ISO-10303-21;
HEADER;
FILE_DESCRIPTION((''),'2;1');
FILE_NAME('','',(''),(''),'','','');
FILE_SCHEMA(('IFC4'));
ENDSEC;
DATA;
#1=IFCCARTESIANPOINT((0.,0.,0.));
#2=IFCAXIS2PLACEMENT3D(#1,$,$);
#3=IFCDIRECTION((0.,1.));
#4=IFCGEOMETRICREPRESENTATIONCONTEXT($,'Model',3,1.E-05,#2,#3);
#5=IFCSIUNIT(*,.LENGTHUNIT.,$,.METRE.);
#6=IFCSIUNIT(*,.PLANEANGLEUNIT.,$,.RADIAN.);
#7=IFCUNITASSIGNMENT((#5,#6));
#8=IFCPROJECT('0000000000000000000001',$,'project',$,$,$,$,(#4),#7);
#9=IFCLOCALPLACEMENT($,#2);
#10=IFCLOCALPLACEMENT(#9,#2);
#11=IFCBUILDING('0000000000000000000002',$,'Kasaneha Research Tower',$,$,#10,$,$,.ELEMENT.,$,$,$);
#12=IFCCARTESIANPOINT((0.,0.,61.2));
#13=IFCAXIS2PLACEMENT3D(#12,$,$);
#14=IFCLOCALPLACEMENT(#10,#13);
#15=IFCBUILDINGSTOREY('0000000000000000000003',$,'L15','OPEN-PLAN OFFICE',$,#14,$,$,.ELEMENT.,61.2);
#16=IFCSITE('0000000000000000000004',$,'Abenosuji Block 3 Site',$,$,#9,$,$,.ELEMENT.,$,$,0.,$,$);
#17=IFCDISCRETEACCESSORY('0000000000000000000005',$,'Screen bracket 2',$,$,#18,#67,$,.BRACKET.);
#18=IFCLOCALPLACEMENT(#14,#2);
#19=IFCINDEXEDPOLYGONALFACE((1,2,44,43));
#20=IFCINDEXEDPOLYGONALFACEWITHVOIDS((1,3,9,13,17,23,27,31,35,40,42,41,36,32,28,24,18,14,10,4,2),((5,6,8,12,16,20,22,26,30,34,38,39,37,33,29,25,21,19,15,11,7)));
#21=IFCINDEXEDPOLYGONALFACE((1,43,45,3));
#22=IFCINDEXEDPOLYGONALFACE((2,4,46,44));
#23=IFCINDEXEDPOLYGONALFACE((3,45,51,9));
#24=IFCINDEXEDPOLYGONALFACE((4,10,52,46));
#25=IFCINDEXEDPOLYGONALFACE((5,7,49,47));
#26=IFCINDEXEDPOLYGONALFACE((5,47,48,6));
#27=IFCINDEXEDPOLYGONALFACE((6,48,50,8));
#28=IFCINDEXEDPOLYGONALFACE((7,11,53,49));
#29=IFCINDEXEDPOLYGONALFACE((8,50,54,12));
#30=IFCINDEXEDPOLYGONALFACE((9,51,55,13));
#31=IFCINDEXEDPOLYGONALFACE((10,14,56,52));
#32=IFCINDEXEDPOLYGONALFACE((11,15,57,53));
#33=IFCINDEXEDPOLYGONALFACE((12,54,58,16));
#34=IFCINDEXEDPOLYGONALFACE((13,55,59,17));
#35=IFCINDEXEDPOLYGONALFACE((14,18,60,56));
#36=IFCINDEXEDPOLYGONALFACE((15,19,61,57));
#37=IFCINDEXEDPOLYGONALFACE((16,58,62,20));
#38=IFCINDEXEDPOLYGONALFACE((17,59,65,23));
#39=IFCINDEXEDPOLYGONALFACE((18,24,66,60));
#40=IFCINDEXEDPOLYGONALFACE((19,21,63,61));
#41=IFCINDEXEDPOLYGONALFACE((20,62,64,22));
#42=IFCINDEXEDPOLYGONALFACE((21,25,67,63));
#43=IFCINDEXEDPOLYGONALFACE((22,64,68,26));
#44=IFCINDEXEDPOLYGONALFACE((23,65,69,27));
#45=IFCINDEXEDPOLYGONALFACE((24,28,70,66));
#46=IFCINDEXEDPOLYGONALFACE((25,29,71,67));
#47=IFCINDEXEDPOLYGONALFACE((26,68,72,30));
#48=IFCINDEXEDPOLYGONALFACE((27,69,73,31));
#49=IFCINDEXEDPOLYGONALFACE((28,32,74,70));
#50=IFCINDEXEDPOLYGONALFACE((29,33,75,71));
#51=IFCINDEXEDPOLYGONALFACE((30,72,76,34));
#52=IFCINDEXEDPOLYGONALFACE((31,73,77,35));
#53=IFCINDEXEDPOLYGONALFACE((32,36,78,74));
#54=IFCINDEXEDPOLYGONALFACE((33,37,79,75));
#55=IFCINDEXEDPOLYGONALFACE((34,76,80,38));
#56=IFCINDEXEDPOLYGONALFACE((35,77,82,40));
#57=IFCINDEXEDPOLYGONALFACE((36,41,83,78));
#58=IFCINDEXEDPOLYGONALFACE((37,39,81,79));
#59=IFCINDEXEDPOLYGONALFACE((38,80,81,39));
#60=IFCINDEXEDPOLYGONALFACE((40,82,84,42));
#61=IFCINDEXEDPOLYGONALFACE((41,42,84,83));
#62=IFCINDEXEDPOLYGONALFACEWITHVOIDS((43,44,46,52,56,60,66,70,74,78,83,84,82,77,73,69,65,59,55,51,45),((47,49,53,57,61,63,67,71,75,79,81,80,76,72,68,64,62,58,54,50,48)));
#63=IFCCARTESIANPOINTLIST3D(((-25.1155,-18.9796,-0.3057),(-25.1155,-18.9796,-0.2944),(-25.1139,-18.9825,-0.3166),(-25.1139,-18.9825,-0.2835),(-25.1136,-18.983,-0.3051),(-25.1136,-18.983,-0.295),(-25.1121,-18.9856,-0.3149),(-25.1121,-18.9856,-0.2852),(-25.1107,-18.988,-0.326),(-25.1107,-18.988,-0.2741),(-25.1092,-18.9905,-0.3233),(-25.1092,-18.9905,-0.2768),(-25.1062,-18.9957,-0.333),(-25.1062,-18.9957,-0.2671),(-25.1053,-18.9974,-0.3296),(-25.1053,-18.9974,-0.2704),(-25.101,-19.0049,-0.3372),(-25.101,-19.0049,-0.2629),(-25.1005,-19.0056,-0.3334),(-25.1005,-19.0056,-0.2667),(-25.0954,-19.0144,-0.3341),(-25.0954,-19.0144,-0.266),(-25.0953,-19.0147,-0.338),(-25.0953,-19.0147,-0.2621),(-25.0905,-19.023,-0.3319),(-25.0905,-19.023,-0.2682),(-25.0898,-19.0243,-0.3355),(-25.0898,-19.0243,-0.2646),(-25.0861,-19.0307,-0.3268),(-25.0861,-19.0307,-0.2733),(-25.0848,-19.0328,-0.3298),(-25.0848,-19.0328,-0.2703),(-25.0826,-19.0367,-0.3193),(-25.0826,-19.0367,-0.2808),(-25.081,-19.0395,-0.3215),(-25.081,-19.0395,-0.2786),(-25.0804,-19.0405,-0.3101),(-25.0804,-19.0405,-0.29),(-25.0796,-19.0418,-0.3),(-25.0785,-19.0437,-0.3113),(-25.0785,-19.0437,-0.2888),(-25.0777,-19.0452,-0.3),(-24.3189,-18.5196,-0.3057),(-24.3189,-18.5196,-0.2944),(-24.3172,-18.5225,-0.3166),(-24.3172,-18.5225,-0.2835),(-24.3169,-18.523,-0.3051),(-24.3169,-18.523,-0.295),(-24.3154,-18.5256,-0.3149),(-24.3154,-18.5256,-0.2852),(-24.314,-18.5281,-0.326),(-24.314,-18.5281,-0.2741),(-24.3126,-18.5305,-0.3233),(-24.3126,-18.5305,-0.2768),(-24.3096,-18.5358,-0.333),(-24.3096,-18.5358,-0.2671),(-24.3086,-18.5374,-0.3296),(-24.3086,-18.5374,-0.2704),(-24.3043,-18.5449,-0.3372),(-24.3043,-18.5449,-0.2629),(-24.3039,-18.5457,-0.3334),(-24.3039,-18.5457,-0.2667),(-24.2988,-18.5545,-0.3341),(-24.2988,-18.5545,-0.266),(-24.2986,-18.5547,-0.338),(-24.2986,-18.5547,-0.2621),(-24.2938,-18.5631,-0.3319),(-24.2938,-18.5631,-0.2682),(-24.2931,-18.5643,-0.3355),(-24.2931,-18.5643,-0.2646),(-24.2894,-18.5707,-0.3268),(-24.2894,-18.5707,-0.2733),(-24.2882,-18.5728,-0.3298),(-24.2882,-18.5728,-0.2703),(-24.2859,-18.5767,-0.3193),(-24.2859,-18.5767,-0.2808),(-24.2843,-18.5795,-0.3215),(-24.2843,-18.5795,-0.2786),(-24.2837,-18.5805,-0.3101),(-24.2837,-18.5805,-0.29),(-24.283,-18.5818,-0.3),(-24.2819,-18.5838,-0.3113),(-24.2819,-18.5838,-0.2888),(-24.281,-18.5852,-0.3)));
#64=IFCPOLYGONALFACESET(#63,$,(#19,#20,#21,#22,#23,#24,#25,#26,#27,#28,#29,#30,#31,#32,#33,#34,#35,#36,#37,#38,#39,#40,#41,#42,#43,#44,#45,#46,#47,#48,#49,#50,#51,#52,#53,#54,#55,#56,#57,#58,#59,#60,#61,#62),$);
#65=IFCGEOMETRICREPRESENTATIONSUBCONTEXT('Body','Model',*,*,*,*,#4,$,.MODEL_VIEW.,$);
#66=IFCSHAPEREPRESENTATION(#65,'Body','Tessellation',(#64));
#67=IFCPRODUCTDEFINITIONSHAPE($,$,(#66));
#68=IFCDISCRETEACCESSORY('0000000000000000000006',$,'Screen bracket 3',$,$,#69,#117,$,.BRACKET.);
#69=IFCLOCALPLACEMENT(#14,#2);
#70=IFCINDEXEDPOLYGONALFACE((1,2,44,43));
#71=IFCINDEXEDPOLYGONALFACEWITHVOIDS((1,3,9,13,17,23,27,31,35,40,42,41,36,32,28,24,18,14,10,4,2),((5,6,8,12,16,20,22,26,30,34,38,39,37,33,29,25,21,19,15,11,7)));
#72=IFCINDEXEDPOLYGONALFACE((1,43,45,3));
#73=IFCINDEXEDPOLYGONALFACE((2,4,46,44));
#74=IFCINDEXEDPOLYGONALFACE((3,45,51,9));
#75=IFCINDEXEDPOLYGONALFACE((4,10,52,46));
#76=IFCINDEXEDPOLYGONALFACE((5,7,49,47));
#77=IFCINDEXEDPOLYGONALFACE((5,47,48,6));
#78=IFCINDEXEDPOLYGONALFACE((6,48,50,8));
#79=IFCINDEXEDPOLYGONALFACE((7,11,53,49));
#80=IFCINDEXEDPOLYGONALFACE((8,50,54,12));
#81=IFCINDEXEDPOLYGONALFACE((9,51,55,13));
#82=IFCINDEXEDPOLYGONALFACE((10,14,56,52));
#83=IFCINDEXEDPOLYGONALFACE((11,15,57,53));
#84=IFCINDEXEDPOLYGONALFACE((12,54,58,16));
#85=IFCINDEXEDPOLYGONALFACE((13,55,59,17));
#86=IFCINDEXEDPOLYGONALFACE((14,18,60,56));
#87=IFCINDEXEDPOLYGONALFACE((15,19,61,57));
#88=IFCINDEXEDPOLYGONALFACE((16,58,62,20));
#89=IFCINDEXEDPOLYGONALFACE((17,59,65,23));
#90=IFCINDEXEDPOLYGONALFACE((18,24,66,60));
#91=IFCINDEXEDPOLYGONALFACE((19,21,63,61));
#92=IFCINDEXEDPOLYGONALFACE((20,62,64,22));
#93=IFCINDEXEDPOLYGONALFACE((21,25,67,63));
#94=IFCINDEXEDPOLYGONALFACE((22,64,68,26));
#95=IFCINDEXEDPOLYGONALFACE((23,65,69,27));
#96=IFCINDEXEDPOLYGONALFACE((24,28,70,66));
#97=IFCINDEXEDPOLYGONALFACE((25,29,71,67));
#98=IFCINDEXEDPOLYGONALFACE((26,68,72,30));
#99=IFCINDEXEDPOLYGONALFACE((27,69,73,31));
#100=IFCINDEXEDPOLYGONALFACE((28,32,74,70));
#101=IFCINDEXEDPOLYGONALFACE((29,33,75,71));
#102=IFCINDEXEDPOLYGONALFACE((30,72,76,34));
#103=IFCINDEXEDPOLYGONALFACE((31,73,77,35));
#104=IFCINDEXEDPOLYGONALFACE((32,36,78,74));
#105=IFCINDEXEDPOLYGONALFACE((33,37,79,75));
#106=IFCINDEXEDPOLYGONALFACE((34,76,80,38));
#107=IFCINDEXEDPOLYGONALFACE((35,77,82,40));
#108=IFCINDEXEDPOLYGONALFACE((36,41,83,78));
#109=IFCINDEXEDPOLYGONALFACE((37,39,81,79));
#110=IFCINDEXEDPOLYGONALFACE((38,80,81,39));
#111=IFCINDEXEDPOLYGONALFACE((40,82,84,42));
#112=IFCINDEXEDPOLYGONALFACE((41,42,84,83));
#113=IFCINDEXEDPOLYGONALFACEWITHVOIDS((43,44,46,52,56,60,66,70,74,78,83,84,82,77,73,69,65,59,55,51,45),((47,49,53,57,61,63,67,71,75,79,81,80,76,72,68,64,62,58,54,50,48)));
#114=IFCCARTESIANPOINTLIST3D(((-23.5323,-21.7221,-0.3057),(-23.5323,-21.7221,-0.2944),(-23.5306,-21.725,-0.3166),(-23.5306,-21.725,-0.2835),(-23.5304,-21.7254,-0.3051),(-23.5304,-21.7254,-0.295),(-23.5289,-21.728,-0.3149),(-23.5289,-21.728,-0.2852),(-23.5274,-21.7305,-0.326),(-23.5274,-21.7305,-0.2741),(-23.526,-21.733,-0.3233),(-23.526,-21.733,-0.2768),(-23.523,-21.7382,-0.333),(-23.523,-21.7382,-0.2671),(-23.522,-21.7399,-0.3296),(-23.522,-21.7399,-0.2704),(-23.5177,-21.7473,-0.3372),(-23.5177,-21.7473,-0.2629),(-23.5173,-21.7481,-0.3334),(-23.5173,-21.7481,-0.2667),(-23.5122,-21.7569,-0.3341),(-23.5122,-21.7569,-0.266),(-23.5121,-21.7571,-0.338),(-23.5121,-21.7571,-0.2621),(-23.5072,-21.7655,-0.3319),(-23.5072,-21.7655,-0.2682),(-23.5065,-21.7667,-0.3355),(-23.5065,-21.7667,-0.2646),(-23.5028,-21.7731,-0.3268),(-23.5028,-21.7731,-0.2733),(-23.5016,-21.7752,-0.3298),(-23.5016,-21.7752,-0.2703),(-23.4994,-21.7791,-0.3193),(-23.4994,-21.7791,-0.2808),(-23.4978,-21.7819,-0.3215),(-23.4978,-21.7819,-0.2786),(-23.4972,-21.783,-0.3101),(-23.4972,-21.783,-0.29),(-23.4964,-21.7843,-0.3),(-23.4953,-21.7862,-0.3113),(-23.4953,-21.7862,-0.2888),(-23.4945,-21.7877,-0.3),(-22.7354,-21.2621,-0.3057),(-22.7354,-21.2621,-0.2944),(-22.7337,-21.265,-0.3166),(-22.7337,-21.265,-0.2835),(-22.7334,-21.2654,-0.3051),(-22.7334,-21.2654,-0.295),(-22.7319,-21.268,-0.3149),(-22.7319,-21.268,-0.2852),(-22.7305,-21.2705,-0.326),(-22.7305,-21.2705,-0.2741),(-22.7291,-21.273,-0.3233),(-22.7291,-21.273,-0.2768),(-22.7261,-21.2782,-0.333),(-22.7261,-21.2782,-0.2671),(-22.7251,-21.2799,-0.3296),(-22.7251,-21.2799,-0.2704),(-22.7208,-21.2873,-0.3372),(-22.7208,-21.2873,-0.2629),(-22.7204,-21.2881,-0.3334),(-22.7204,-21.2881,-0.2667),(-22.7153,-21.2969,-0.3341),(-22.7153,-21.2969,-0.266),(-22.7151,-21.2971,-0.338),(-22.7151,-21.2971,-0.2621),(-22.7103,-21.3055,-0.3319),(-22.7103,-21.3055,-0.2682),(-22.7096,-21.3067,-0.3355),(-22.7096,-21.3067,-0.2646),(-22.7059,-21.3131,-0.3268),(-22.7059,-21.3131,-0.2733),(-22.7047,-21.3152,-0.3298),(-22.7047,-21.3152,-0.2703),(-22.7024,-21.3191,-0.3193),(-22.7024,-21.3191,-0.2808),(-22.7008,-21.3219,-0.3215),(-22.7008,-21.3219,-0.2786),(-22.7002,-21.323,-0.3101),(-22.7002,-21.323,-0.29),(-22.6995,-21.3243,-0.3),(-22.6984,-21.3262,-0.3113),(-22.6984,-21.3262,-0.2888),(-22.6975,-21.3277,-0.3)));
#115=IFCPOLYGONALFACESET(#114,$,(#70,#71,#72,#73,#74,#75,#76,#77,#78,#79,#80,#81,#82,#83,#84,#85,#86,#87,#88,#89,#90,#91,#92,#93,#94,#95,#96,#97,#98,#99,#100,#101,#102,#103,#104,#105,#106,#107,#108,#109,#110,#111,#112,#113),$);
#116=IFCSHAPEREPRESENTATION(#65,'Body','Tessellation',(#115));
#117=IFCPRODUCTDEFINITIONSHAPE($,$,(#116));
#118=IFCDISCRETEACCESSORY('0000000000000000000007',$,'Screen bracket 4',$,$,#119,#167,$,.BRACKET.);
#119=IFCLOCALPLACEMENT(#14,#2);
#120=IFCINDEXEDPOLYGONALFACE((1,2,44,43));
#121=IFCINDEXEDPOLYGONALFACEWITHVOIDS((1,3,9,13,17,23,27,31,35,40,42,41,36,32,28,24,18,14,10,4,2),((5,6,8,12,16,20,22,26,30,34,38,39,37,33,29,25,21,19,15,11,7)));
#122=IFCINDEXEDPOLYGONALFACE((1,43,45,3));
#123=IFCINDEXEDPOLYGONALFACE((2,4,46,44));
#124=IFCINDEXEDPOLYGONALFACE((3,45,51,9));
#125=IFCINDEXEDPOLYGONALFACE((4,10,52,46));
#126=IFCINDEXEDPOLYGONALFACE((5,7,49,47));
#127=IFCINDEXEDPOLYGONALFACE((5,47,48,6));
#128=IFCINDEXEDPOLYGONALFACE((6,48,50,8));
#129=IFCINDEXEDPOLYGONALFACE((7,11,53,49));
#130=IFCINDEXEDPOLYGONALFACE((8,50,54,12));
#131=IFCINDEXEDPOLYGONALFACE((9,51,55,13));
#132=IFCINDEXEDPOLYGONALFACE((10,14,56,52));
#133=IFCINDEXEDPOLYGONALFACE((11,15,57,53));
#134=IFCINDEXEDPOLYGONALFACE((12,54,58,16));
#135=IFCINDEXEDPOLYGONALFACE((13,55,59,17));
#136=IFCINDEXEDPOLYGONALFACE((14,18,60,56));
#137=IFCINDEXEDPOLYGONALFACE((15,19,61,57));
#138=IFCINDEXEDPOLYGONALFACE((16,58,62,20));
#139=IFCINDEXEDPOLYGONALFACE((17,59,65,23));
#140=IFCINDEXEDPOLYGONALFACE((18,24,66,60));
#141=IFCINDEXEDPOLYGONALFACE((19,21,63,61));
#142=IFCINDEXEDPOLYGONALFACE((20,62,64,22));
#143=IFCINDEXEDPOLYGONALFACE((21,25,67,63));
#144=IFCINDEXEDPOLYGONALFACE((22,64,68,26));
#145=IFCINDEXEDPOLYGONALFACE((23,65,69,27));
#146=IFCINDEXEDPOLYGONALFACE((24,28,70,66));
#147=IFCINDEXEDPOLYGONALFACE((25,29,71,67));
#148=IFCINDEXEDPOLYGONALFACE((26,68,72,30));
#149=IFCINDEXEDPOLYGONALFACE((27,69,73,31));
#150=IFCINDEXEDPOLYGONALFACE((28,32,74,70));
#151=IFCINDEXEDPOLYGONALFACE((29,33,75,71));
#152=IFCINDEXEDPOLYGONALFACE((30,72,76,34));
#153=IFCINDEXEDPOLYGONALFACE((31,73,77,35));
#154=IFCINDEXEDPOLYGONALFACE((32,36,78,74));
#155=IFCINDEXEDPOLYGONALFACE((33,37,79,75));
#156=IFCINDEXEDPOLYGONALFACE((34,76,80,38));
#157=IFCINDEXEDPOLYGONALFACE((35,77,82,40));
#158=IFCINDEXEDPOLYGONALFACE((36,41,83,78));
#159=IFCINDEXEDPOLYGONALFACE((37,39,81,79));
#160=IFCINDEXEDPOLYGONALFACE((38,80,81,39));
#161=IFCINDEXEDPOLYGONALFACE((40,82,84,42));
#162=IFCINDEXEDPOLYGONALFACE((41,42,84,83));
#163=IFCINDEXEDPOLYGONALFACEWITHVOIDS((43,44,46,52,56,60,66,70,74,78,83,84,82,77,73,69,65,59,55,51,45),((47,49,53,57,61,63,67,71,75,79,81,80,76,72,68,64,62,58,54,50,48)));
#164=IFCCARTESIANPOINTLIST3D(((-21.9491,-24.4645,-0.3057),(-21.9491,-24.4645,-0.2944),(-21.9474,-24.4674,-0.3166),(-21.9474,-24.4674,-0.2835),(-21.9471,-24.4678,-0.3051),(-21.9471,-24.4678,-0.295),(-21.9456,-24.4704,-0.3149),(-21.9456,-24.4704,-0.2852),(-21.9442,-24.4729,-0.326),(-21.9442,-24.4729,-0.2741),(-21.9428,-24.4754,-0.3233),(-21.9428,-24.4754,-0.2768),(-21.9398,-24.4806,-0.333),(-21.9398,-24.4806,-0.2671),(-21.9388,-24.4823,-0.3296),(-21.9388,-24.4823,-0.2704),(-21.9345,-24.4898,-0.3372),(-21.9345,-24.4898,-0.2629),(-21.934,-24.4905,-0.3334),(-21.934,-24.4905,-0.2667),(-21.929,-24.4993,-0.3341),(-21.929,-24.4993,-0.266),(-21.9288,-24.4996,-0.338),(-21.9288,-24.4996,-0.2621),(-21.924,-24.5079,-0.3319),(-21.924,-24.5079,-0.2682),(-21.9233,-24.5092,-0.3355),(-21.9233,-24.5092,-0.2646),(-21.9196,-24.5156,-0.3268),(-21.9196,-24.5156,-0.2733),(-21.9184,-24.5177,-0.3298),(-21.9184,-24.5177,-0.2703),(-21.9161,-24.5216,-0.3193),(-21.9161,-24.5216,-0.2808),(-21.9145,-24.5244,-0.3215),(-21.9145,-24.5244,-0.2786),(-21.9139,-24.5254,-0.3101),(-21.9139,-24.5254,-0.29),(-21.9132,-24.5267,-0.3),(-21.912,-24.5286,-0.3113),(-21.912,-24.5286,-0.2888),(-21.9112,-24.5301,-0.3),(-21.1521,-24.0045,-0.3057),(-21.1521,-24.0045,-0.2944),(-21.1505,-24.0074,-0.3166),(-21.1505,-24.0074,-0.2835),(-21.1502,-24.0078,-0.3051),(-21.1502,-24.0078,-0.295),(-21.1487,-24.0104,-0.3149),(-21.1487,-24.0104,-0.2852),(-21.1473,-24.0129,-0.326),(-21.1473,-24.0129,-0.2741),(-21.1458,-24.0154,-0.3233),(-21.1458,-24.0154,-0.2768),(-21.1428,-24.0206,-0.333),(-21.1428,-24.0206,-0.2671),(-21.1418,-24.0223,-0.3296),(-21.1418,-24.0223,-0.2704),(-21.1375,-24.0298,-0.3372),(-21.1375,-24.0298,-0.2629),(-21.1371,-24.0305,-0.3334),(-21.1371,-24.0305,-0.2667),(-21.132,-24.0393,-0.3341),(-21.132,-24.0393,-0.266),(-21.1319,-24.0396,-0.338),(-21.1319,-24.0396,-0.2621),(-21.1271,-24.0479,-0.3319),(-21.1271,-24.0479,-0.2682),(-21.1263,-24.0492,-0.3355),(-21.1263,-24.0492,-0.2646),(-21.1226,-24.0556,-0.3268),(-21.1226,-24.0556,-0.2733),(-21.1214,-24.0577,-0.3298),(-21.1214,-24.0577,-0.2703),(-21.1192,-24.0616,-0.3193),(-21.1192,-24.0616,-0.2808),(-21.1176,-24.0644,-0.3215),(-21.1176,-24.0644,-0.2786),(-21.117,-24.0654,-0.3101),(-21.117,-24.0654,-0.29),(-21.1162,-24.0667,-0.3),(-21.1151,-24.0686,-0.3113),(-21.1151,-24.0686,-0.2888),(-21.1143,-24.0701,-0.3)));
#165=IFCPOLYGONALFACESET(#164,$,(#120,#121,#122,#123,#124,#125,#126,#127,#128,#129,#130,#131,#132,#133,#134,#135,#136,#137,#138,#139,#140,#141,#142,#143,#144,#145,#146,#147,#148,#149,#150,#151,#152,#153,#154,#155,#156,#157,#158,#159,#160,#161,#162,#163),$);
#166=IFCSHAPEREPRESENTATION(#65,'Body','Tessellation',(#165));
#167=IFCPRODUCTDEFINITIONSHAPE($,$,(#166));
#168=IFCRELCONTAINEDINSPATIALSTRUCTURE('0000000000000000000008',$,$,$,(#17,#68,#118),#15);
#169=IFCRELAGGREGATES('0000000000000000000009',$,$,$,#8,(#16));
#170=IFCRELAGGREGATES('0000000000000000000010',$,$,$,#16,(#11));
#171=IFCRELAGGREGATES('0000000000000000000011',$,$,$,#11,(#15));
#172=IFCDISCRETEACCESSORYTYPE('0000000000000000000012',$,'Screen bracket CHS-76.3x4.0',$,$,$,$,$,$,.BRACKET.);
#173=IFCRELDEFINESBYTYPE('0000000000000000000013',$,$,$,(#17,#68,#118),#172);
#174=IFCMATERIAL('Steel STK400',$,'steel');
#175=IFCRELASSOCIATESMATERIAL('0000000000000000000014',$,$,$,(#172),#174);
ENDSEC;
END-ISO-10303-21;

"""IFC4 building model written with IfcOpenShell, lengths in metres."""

from ifc_helpers import new_model, si_unit, direction, frame, origin, origin_2d, place, context, subcontext, project, spatial, hollow_circle, extrude, material, material_profile, profile_set, type_object, element, save


model = new_model("IFC4")

# Units and contexts
model_context = context("Model", 3, precision=1e-05, world=origin(), true_north=direction((0.0, 1.0)))
body_context = subcontext(model_context, "Body", "Model", "MODEL_VIEW")
ifc_project = project(units=[si_unit("LENGTHUNIT", "METRE"), si_unit("PLANEANGLEUNIT", "RADIAN")], contexts=[model_context])

# Site, building, storey
site_placement = place(None, origin())
site = spatial("IfcSite", under=ifc_project, at=site_placement, Name="Abenosuji Block 3 Site", CompositionType="ELEMENT", RefElevation=0.0)
building_placement = place(site_placement, origin())
building = spatial("IfcBuilding", under=site, at=building_placement, Name="Kasaneha Research Tower", CompositionType="ELEMENT")
storey_placement = place(building_placement, frame((0.0, 0.0, 61.2)))
storey = spatial("IfcBuildingStorey", under=building, at=storey_placement, Name="L15", Description="OPEN-PLAN OFFICE", CompositionType="ELEMENT", Elevation=61.2)

# Discrete accessories
ifc_material_1 = material(Name="Steel STK400", Category="steel")
ifc_material_profile_1 = material_profile(ifc_material_1, hollow_circle(Radius=0.0381, WallThickness=0.0039, at=origin_2d()), Name="CHS-76.3x4.0")
ifc_profile_set_1 = profile_set([ifc_material_profile_1], Name="Steel STK400")
discrete_accessory_type = type_object("IfcDiscreteAccessoryType", Name="Screen bracket CHS-76.3x4.0", PredefinedType="BRACKET", material=ifc_profile_set_1)
discrete_accessory_1_placement = place(storey_placement, frame((-24.3, -18.5522, -0.3), z_axis=(-0.866013, -0.500021, 0.0), x_axis=(0.500021, -0.866013, 0.0)))
element("IfcDiscreteAccessory", 1, at=discrete_accessory_1_placement, inside=storey, type_object=discrete_accessory_type, Name="Screen bracket 2", PredefinedType="BRACKET", context=body_context, shape_type="SweptSolid", body=[
    extrude(hollow_circle(Radius=0.0381, WallThickness=0.0039, at=origin_2d()), origin(), (0.0, 0.0, 1.0), 0.9199),
])
for number, where, z_axis, x_axis, name in (
    (2, (-22.7166, -21.2947, -0.3), (-0.86608, -0.499906, 0.0), (0.499906, -0.86608, 0.0), "Screen bracket 3"),
    (3, (-21.1333, -24.0371, -0.3), (-0.86608, -0.499906, 0.0), (0.499906, -0.86608, 0.0), "Screen bracket 4"),
):
    element("IfcDiscreteAccessory", number, at=place(storey_placement, frame(where, z_axis=z_axis, x_axis=x_axis)), inside=storey, type_object=discrete_accessory_type, Name=name, PredefinedType="BRACKET", context=body_context, shape_type="SweptSolid", body=[
        extrude(hollow_circle(Radius=0.0381, WallThickness=0.0039, at=origin_2d()), origin(), (0.0, 0.0, 1.0), 0.9202),
    ])

save(model, "model.ifc")
